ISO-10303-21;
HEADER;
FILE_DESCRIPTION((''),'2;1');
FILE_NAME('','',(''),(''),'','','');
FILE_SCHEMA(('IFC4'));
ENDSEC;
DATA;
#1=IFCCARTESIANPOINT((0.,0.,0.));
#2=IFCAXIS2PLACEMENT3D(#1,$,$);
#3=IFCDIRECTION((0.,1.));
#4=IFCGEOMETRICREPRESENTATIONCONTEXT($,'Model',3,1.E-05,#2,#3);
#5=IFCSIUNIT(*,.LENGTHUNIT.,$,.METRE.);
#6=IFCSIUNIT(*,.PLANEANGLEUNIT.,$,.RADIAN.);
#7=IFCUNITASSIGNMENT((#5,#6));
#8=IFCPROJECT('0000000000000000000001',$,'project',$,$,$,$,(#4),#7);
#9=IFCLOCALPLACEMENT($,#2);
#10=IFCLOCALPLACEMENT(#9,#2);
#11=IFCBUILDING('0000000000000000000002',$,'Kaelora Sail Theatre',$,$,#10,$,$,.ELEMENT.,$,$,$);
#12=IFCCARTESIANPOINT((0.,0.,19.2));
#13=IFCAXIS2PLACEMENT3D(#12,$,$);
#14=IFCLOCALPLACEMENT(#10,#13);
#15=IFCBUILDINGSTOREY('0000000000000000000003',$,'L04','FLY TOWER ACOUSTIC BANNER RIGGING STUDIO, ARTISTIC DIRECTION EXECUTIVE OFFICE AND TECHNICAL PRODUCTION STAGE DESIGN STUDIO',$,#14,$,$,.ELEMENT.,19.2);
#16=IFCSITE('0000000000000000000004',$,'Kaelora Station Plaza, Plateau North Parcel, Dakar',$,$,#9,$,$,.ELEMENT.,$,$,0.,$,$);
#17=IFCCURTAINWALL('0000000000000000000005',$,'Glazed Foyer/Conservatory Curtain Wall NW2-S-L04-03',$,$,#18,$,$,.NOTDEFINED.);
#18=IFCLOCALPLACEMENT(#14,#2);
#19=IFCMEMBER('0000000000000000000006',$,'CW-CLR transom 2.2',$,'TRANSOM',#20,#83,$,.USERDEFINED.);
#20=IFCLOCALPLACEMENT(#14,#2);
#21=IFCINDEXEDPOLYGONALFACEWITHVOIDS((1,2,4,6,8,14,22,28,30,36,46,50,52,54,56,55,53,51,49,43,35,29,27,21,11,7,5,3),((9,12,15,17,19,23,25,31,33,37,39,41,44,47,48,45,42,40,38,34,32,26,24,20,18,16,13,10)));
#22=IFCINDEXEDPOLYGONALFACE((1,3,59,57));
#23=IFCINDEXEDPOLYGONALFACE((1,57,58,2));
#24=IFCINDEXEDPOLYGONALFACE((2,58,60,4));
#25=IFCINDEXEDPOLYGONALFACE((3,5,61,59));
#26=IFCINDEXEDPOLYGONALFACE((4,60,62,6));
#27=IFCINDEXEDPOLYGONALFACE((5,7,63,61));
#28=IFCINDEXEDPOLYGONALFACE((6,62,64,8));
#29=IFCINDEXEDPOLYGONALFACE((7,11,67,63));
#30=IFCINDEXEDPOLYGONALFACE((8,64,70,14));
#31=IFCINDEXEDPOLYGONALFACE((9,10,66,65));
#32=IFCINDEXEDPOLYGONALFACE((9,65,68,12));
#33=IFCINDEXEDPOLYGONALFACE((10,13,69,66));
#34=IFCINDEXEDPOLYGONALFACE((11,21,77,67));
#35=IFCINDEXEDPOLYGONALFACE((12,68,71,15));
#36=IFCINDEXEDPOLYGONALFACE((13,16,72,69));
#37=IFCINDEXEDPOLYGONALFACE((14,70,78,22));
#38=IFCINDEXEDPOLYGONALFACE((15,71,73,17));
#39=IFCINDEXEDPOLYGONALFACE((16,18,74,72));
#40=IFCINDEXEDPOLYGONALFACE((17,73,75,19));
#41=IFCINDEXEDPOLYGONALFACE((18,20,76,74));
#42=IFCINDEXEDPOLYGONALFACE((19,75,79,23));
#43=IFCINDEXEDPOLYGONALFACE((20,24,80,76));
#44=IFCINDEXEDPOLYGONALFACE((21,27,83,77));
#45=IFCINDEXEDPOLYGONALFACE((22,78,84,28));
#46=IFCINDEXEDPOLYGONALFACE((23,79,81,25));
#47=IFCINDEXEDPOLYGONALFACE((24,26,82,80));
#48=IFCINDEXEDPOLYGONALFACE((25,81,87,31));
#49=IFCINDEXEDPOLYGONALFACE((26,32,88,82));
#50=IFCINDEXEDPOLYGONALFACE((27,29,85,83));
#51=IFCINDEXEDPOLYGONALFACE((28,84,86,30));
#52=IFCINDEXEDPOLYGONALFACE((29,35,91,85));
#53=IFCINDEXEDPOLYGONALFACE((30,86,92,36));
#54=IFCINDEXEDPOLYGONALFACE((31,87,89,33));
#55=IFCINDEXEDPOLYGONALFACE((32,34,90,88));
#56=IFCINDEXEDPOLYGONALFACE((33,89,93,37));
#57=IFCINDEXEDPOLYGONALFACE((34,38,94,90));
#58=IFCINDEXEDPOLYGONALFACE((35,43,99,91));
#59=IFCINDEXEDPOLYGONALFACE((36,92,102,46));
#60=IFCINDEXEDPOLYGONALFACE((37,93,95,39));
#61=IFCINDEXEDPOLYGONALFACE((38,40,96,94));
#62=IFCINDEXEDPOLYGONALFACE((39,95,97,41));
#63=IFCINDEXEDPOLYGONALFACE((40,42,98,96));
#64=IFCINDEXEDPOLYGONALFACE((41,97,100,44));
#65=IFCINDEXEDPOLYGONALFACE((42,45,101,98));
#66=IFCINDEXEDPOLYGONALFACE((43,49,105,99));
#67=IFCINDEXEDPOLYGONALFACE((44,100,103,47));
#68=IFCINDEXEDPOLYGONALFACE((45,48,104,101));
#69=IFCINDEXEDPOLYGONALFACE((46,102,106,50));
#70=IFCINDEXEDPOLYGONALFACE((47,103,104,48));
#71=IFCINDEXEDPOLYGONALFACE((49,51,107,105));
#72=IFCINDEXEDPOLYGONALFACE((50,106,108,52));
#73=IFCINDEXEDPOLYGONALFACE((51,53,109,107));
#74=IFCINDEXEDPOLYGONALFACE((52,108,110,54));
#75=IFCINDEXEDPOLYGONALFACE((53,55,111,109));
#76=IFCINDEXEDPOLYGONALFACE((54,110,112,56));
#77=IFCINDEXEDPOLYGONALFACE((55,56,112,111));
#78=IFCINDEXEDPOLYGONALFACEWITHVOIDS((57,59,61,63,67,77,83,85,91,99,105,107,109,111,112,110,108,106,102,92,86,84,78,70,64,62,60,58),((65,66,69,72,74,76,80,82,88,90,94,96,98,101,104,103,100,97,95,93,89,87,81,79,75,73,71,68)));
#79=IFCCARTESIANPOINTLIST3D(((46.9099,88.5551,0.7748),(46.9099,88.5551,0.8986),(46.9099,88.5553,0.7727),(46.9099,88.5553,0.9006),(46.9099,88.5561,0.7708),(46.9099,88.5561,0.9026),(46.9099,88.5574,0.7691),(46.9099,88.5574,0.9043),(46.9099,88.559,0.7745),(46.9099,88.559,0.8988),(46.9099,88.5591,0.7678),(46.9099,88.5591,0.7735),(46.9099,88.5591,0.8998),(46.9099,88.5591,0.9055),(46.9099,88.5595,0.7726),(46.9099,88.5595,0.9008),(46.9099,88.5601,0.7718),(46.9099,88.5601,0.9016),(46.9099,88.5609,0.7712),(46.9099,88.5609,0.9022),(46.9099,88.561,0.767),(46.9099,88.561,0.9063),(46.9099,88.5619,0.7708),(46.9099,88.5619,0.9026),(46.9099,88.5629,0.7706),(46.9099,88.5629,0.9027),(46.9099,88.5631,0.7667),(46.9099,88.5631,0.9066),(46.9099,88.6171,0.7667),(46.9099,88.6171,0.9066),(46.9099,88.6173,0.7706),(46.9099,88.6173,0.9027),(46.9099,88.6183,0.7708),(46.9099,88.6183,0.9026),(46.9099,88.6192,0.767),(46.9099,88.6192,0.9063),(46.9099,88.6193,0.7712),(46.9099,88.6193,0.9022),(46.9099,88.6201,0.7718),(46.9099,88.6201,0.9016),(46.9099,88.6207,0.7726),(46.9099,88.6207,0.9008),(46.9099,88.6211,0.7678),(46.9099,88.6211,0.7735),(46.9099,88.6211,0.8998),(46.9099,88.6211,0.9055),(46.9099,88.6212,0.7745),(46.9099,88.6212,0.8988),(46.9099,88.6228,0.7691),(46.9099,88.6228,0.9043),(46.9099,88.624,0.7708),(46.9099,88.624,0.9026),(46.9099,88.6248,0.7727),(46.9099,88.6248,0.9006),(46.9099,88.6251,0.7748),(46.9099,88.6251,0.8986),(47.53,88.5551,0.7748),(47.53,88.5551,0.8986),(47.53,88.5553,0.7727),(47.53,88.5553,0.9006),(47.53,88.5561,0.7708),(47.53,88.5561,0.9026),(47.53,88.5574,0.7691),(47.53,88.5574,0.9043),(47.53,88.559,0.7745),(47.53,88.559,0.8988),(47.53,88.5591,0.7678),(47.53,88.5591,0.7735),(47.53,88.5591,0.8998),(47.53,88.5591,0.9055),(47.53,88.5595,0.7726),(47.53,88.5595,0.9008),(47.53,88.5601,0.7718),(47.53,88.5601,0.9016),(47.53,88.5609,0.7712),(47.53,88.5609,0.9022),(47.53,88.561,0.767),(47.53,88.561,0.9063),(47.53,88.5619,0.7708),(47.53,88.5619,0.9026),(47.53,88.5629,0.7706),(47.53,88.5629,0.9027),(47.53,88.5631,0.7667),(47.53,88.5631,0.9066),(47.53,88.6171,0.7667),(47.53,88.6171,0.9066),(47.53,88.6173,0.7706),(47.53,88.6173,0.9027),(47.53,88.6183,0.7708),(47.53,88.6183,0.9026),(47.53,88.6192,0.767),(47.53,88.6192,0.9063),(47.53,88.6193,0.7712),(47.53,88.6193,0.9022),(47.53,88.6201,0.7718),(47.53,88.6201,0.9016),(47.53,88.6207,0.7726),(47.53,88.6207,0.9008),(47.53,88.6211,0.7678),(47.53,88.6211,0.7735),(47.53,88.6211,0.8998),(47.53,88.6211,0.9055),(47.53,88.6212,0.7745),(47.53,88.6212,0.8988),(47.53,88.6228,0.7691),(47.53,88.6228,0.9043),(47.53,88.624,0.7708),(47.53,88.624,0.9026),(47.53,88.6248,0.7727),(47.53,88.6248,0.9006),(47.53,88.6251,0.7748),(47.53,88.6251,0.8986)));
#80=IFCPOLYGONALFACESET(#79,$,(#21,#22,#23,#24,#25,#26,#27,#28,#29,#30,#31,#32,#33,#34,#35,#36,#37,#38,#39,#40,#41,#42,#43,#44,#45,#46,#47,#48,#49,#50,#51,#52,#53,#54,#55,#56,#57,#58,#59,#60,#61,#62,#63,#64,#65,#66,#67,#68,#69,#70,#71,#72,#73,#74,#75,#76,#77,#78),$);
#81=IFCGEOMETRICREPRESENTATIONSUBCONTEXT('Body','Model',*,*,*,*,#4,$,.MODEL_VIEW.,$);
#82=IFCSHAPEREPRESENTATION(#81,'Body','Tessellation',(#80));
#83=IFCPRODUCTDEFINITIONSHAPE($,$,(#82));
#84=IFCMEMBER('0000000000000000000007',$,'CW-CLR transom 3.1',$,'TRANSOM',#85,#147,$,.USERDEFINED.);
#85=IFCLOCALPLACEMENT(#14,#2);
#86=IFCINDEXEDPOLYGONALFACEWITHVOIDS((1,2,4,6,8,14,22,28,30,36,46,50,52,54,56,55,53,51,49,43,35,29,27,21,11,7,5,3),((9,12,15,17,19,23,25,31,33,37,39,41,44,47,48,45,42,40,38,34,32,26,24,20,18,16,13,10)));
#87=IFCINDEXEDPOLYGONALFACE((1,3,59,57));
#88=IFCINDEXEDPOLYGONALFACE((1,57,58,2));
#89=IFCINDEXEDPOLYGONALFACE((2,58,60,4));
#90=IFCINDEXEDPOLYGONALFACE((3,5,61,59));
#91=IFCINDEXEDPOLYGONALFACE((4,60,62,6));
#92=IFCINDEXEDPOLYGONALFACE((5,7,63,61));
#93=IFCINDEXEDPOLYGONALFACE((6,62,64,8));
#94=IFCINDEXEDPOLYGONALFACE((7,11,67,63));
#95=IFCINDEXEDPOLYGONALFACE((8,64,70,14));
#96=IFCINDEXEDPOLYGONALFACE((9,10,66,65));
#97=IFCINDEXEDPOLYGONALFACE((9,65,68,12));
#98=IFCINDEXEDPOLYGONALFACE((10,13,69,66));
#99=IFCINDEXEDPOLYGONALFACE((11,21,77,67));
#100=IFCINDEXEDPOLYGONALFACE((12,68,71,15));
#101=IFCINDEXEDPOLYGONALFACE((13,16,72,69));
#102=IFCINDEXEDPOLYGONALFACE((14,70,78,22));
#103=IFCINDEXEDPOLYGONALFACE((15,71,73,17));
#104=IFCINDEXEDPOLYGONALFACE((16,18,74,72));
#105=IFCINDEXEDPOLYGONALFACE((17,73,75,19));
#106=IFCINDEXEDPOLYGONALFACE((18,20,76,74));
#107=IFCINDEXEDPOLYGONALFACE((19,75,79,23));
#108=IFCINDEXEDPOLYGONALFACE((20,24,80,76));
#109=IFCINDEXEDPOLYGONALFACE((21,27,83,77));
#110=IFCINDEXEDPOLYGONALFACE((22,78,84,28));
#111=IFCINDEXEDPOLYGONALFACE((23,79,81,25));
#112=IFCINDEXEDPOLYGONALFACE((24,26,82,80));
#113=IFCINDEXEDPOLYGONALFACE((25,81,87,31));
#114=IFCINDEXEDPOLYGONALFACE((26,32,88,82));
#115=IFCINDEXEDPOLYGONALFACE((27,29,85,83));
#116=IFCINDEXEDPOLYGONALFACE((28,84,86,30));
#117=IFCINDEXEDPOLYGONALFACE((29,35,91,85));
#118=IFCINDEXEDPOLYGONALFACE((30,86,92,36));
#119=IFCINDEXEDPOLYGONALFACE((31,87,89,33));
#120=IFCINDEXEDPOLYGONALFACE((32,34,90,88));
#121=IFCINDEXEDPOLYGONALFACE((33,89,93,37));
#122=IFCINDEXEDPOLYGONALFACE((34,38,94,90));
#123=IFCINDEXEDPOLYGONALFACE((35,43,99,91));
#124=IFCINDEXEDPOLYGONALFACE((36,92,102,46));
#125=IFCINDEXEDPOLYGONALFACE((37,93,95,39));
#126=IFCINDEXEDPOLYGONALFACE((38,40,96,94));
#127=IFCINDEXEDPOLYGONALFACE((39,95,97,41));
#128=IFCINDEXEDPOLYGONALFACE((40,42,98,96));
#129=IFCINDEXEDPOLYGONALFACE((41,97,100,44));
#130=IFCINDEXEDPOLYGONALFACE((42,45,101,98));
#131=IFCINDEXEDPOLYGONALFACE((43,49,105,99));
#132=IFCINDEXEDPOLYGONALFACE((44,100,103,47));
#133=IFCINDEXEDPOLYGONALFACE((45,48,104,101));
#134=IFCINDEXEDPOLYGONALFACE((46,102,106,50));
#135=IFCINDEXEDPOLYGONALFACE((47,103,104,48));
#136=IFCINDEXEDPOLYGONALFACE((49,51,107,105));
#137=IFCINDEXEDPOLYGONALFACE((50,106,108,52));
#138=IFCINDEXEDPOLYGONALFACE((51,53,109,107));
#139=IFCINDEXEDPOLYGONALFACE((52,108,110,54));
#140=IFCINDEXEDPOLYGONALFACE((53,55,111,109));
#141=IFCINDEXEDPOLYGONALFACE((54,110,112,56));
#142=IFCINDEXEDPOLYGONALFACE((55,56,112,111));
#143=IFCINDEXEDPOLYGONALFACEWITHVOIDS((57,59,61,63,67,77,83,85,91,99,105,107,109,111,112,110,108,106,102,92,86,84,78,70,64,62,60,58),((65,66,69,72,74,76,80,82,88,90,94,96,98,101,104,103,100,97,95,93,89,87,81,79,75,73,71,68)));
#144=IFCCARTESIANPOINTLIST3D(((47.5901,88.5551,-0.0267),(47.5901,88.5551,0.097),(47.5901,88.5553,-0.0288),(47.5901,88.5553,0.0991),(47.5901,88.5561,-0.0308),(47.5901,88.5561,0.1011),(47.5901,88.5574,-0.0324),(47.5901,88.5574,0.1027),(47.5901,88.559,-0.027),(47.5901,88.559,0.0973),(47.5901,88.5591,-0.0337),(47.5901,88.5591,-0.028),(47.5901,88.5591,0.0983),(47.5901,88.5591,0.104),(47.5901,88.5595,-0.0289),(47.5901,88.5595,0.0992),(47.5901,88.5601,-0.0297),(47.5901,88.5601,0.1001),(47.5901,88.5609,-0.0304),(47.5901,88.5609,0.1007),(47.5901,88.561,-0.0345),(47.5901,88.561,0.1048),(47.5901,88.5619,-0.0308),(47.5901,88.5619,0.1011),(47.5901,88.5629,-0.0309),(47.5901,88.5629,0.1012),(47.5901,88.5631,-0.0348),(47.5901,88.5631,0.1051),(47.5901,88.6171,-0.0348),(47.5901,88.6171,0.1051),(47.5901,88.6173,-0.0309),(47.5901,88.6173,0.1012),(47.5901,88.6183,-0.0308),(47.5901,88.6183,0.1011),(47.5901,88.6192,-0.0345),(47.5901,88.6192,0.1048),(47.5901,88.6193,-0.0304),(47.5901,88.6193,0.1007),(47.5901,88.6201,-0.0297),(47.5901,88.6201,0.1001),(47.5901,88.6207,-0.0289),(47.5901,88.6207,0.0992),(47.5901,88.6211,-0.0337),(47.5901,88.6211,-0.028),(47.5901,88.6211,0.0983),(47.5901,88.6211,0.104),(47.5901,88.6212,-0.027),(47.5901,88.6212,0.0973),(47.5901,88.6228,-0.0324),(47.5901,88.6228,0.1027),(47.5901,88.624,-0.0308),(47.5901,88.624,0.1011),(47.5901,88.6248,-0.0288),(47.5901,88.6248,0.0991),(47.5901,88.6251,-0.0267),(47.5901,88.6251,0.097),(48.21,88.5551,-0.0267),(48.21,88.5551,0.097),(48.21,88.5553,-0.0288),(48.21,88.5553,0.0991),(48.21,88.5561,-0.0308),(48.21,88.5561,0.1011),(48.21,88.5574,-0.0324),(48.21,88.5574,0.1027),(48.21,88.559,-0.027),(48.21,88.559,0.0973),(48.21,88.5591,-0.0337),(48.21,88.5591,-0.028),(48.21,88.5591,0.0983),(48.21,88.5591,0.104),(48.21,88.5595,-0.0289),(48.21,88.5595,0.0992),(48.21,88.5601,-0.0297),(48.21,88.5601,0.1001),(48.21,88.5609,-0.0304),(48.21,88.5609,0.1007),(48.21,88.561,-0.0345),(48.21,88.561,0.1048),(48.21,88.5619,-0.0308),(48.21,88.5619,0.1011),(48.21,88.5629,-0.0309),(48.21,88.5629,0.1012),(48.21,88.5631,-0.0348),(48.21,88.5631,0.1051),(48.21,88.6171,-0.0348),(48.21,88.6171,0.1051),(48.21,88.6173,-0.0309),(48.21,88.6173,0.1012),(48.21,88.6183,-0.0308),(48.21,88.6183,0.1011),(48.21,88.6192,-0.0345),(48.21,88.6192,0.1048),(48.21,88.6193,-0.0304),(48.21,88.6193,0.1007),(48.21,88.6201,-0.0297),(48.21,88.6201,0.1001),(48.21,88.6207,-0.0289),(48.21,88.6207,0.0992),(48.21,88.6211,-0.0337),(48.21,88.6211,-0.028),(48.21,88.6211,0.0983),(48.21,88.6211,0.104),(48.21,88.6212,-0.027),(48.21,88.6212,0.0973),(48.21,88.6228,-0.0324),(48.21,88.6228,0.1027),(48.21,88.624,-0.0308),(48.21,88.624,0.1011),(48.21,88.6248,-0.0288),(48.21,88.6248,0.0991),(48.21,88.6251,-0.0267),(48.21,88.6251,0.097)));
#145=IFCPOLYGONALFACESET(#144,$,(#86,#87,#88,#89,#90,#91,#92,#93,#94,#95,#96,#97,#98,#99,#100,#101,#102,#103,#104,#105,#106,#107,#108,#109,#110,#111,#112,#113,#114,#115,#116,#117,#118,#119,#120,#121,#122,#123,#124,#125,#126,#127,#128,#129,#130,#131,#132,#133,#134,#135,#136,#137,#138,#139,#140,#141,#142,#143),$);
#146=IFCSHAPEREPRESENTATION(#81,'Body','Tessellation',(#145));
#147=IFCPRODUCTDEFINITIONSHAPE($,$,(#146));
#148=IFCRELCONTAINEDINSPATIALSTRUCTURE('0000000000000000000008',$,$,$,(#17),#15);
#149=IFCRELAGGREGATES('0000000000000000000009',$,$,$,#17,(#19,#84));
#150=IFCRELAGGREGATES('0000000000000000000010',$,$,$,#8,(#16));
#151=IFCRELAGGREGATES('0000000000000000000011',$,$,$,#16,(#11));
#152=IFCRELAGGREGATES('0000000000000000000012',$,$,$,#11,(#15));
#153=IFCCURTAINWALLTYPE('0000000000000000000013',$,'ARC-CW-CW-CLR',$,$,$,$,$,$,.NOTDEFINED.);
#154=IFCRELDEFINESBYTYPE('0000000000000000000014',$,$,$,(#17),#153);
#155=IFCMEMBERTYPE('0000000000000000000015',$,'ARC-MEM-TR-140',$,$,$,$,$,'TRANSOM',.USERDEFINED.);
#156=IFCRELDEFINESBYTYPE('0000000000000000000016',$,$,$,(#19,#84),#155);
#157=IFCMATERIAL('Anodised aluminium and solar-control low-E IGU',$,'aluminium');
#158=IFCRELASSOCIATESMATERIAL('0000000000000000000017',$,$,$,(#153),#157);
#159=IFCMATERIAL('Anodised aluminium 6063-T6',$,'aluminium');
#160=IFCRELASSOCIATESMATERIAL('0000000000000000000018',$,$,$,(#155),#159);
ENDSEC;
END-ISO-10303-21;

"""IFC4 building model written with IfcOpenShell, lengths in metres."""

from ifc_helpers import new_model, si_unit, direction, frame, origin, origin_2d, place, context, subcontext, project, spatial, hollow_rectangle, extrude, material, material_profile, profile_set, type_object, element, aggregate, save


model = new_model("IFC4")

# Units and contexts
model_context = context("Model", 3, precision=1e-05, world=origin(), true_north=direction((0.0, 1.0)))
body_context = subcontext(model_context, "Body", "Model", "MODEL_VIEW")
ifc_project = project(units=[si_unit("LENGTHUNIT", "METRE"), si_unit("PLANEANGLEUNIT", "RADIAN")], contexts=[model_context])

# Site, building, storey
site_placement = place(None, origin())
site = spatial("IfcSite", under=ifc_project, at=site_placement, Name="Kaelora Station Plaza, Plateau North Parcel, Dakar", CompositionType="ELEMENT", RefElevation=0.0)
building_placement = place(site_placement, origin())
building = spatial("IfcBuilding", under=site, at=building_placement, Name="Kaelora Sail Theatre", CompositionType="ELEMENT")
storey_placement = place(building_placement, frame((0.0, 0.0, 19.2)))
storey = spatial("IfcBuildingStorey", under=building, at=storey_placement, Name="L04", Description="FLY TOWER ACOUSTIC BANNER RIGGING STUDIO, ARTISTIC DIRECTION EXECUTIVE OFFICE AND TECHNICAL PRODUCTION STAGE DESIGN STUDIO", CompositionType="ELEMENT", Elevation=19.2)

# Curtain wall, members
ifc_material_1 = material(Name="Anodised aluminium and solar-control low-E IGU", Category="aluminium")
curtain_wall_type = type_object("IfcCurtainWallType", Name="ARC-CW-CW-CLR", PredefinedType="NOTDEFINED", material=ifc_material_1)
curtain_wall_placement = place(storey_placement, origin())
curtain_wall = element("IfcCurtainWall", 1, at=curtain_wall_placement, inside=storey, type_object=curtain_wall_type, Name="Glazed Foyer/Conservatory Curtain Wall NW2-S-L04-03", PredefinedType="NOTDEFINED")
ifc_material_2 = material(Name="Anodised aluminium 6063-T6", Category="aluminium")
ifc_material_profile_1 = material_profile(ifc_material_2, hollow_rectangle(XDim=0.0701, YDim=0.1399, WallThickness=0.0039, InnerFilletRadius=0.0039, OuterFilletRadius=0.0081, at=origin_2d()), Name="ALU-TRAN 70x140x4")
ifc_profile_set_1 = profile_set([ifc_material_profile_1], Name="Anodised aluminium 6063-T6")
member_type_1 = type_object("IfcMemberType", Name="ARC-MEM-TR-140", ElementType="TRANSOM", PredefinedType="USERDEFINED", material=ifc_profile_set_1)
member_1_placement = place(storey_placement, frame((46.9099, 88.5901, 0.8367), z_axis=(1.0, 0.0, 0.0), x_axis=(0.0, 1.0, 0.0)))
member_1 = element("IfcMember", 2, at=member_1_placement, type_object=member_type_1, Name="CW-CLR transom 2.2", ObjectType="TRANSOM", PredefinedType="USERDEFINED", context=body_context, shape_type="SweptSolid", body=[
    extrude(hollow_rectangle(XDim=0.0701, YDim=0.1399, WallThickness=0.0039, InnerFilletRadius=0.0039, OuterFilletRadius=0.0081, at=origin_2d()), origin(), (0.0, 0.0, 1.0), 0.6201),
])
member_2_placement = place(storey_placement, frame((47.5901, 88.5901, 0.0352), z_axis=(1.0, 0.0, 0.0), x_axis=(0.0, 1.0, 0.0)))
member_2 = element("IfcMember", 3, at=member_2_placement, type_object=member_type_1, Name="CW-CLR transom 3.1", ObjectType="TRANSOM", PredefinedType="USERDEFINED", context=body_context, shape_type="SweptSolid", body=[
    extrude(hollow_rectangle(XDim=0.0701, YDim=0.1399, WallThickness=0.0039, InnerFilletRadius=0.0039, OuterFilletRadius=0.0081, at=origin_2d()), origin(), (0.0, 0.0, 1.0), 0.6199),
])
aggregate(curtain_wall, [member_1, member_2])

save(model, "model.ifc")
